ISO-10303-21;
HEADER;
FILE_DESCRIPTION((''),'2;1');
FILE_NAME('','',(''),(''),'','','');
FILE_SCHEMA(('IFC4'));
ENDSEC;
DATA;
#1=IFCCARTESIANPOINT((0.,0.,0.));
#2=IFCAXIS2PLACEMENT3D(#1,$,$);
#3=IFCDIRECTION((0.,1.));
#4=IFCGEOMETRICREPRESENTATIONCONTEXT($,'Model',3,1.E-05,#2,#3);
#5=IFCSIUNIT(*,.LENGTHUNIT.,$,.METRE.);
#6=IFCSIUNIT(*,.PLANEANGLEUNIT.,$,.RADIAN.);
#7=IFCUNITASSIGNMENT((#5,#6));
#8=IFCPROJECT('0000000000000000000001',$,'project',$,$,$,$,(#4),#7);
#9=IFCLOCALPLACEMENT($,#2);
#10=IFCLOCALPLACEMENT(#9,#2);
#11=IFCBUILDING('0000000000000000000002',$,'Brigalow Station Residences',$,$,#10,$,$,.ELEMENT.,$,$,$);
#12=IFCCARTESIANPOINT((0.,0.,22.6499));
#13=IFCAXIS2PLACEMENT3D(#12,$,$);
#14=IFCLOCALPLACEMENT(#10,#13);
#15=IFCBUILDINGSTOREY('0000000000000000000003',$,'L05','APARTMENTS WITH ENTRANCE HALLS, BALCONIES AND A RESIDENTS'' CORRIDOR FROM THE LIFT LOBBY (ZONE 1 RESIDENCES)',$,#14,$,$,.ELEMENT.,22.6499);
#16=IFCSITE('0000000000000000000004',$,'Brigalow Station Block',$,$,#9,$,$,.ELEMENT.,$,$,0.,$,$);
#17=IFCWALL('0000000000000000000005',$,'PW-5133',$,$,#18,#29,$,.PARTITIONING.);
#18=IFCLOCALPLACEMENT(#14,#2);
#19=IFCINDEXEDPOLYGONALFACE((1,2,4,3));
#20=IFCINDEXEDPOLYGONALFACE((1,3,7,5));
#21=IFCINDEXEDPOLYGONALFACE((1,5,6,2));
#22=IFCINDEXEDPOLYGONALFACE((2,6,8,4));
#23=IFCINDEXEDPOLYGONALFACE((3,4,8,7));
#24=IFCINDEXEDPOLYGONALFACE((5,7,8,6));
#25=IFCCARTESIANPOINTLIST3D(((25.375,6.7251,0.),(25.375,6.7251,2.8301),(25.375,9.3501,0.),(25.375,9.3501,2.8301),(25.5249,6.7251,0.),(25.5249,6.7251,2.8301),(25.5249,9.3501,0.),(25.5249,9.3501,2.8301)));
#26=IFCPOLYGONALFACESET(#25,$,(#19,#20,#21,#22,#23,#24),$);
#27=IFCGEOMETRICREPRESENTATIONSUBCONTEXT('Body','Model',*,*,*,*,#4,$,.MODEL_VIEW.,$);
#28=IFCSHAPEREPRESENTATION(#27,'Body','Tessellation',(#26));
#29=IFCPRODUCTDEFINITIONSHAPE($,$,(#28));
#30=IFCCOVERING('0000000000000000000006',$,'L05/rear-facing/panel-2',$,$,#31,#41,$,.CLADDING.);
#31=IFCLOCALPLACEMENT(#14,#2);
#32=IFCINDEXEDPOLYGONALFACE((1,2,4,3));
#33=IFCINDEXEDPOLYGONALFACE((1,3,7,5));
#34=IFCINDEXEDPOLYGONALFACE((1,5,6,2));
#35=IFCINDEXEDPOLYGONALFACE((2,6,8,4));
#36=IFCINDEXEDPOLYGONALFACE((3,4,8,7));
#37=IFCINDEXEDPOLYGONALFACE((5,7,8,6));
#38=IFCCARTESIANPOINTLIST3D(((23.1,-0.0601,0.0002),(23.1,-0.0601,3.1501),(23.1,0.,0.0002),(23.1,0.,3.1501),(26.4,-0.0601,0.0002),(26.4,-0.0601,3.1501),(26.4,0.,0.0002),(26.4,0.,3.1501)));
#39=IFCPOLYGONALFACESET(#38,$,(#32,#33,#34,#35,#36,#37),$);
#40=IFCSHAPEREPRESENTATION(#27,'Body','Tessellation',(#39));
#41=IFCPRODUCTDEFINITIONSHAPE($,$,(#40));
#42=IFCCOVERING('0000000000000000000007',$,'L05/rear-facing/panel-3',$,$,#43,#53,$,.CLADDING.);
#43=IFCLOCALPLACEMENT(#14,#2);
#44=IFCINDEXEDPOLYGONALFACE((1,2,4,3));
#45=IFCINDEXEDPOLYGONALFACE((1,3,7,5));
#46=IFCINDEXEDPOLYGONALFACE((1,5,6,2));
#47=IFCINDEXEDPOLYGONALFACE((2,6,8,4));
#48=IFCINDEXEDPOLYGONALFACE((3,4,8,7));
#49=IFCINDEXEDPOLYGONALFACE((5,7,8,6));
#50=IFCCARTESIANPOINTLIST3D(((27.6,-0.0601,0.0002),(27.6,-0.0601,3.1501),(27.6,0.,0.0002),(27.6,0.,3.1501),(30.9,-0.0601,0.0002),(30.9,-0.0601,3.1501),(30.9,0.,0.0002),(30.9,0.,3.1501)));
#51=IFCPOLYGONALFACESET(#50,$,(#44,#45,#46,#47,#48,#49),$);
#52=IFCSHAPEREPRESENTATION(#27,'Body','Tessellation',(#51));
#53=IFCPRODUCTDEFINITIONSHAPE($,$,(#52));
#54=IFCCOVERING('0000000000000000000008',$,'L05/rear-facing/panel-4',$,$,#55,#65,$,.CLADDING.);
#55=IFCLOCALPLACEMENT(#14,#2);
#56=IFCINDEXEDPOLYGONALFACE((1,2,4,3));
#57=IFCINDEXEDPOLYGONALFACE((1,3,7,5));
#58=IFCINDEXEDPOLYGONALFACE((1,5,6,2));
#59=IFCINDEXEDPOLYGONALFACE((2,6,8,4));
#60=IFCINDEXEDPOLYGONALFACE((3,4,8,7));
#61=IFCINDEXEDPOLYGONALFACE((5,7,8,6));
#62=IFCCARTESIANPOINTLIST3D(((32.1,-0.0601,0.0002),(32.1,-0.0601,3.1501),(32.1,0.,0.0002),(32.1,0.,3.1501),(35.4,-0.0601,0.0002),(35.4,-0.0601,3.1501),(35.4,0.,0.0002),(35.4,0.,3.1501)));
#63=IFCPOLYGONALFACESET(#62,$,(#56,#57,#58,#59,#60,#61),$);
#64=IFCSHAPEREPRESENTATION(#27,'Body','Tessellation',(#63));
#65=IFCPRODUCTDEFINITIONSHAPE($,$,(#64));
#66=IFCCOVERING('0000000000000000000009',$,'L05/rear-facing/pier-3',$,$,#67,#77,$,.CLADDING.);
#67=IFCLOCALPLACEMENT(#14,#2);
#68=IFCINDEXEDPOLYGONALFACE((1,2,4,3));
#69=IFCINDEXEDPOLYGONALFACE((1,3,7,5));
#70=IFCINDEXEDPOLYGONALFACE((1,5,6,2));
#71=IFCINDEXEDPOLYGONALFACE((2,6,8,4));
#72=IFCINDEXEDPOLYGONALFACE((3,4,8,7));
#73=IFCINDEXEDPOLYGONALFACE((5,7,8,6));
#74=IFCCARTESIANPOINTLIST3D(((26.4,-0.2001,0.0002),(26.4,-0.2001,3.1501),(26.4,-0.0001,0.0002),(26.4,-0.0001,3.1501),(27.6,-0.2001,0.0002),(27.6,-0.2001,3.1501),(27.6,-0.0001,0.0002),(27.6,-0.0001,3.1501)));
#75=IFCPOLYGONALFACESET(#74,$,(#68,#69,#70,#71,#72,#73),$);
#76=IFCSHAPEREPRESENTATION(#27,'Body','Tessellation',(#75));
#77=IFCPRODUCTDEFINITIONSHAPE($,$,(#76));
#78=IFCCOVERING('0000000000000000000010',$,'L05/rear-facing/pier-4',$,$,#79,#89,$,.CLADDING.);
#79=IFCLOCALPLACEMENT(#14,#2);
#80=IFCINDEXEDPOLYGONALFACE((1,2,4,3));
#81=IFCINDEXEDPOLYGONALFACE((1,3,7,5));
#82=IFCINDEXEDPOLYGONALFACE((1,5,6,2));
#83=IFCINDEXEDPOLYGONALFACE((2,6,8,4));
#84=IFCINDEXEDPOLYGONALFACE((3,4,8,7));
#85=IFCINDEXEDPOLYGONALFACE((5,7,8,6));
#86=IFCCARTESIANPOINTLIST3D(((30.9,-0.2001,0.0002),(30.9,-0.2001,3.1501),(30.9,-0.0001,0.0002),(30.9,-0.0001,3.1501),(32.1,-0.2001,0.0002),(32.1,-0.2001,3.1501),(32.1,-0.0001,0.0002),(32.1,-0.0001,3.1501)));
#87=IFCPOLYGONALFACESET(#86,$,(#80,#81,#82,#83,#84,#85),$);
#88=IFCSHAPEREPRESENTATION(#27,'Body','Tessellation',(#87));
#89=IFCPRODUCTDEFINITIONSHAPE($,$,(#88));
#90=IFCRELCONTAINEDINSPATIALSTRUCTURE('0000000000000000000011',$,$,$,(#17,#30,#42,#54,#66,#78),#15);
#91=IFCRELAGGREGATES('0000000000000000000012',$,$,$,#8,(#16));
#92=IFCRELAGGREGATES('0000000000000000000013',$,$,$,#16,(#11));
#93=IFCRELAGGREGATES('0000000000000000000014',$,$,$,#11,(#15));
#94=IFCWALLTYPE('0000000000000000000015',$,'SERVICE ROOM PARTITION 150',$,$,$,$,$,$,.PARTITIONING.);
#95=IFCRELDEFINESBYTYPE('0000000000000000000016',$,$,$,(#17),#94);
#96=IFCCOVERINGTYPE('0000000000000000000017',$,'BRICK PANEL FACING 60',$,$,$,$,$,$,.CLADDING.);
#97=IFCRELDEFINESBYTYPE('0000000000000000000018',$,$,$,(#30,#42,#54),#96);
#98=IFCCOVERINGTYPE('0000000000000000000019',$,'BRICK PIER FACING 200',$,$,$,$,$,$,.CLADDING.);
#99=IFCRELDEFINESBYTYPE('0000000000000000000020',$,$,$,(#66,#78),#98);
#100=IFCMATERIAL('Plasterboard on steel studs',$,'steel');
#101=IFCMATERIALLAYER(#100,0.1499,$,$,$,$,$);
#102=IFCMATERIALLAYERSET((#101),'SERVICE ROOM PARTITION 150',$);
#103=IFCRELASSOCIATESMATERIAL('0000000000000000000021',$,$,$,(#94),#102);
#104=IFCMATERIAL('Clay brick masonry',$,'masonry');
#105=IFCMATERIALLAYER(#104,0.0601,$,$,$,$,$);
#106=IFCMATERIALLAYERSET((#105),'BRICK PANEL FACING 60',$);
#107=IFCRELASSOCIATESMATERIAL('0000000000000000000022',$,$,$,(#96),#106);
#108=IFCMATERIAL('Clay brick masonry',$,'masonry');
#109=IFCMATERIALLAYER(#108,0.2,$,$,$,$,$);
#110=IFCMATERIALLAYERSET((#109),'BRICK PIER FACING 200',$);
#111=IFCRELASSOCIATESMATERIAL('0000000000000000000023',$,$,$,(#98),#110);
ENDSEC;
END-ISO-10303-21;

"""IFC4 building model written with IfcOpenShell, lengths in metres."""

from ifc_helpers import new_model, si_unit, direction, frame, frame_2d, origin, origin_2d, place, context, subcontext, project, spatial, rectangle, extrude, material, layer, layer_set, type_object, element, save


model = new_model("IFC4")

# Units and contexts
model_context = context("Model", 3, precision=1e-05, world=origin(), true_north=direction((0.0, 1.0)))
body_context = subcontext(model_context, "Body", "Model", "MODEL_VIEW")
ifc_project = project(units=[si_unit("LENGTHUNIT", "METRE"), si_unit("PLANEANGLEUNIT", "RADIAN")], contexts=[model_context])

# Site, building, storey
site_placement = place(None, origin())
site = spatial("IfcSite", under=ifc_project, at=site_placement, Name="Brigalow Station Block", CompositionType="ELEMENT", RefElevation=0.0)
building_placement = place(site_placement, origin())
building = spatial("IfcBuilding", under=site, at=building_placement, Name="Brigalow Station Residences", CompositionType="ELEMENT")
storey_placement = place(building_placement, frame((0.0, 0.0, 22.6499)))
storey = spatial("IfcBuildingStorey", under=building, at=storey_placement, Name="L05", Description="APARTMENTS WITH ENTRANCE HALLS, BALCONIES AND A RESIDENTS' CORRIDOR FROM THE LIFT LOBBY (ZONE 1 RESIDENCES)", CompositionType="ELEMENT", Elevation=22.6499)

# Shared definitions
ifc_material_1 = material(Name="Plasterboard on steel studs", Category="steel")
ifc_layer_1 = layer(ifc_material_1, 0.1499)
ifc_layer_set_1 = layer_set([ifc_layer_1], Name="SERVICE ROOM PARTITION 150")
wall_type_1 = type_object("IfcWallType", Name="SERVICE ROOM PARTITION 150", PredefinedType="PARTITIONING", material=ifc_layer_set_1)

# Wall
wall_1_placement = place(storey_placement, frame((25.45, 6.7251, 0.0), z_axis=(0.0, 0.0, 1.0), x_axis=(0.0, 1.0, 0.0)))
element("IfcWall", 1, at=wall_1_placement, inside=storey, type_object=wall_type_1, Name="PW-5133", PredefinedType="PARTITIONING", context=body_context, shape_type="SweptSolid", body=[
    extrude(rectangle(XDim=2.625, YDim=0.1499, at=frame_2d((1.3125, 0.0))), origin(), (0.0, 0.0, 1.0), 2.8301),
])

# Coverings
ifc_material_2 = material(Name="Clay brick masonry", Category="masonry")
ifc_layer_2 = layer(ifc_material_2, 0.0601)
ifc_layer_set_2 = layer_set([ifc_layer_2], Name="BRICK PANEL FACING 60")
covering_type_1 = type_object("IfcCoveringType", Name="BRICK PANEL FACING 60", PredefinedType="CLADDING", material=ifc_layer_set_2)
for number, where, z_axis, x_axis, name in (
    (2, (24.75, -0.03, 0.0002), (0.0, 0.0, 1.0), (1.0, 0.0, 0.0), "L05/rear-facing/panel-2"),
    (3, (29.25, -0.03, 0.0002), (0.0, 0.0, 1.0), (1.0, 0.0, 0.0), "L05/rear-facing/panel-3"),
    (4, (33.75, -0.03, 0.0002), (0.0, 0.0, 1.0), (1.0, 0.0, 0.0), "L05/rear-facing/panel-4"),
):
    element("IfcCovering", number, at=place(storey_placement, frame(where, z_axis=z_axis, x_axis=x_axis)), inside=storey, type_object=covering_type_1, Name=name, PredefinedType="CLADDING", context=body_context, shape_type="SweptSolid", body=[
        extrude(rectangle(XDim=3.3, YDim=0.0601, at=origin_2d()), origin(), (0.0, 0.0, 1.0), 3.1499),
    ])
ifc_material_3 = material(Name="Clay brick masonry", Category="masonry")
ifc_layer_3 = layer(ifc_material_3, 0.2)
ifc_layer_set_3 = layer_set([ifc_layer_3], Name="BRICK PIER FACING 200")
covering_type_2 = type_object("IfcCoveringType", Name="BRICK PIER FACING 200", PredefinedType="CLADDING", material=ifc_layer_set_3)
for number, where, z_axis, x_axis, name in (
    (5, (27.0, -0.1001, 0.0002), (0.0, 0.0, 1.0), (1.0, 0.0, 0.0), "L05/rear-facing/pier-3"),
    (6, (31.5, -0.1001, 0.0002), (0.0, 0.0, 1.0), (1.0, 0.0, 0.0), "L05/rear-facing/pier-4"),
):
    element("IfcCovering", number, at=place(storey_placement, frame(where, z_axis=z_axis, x_axis=x_axis)), inside=storey, type_object=covering_type_2, Name=name, PredefinedType="CLADDING", context=body_context, shape_type="SweptSolid", body=[
        extrude(rectangle(XDim=1.2, YDim=0.2, at=origin_2d()), origin(), (0.0, 0.0, 1.0), 3.1499),
    ])

save(model, "model.ifc")
